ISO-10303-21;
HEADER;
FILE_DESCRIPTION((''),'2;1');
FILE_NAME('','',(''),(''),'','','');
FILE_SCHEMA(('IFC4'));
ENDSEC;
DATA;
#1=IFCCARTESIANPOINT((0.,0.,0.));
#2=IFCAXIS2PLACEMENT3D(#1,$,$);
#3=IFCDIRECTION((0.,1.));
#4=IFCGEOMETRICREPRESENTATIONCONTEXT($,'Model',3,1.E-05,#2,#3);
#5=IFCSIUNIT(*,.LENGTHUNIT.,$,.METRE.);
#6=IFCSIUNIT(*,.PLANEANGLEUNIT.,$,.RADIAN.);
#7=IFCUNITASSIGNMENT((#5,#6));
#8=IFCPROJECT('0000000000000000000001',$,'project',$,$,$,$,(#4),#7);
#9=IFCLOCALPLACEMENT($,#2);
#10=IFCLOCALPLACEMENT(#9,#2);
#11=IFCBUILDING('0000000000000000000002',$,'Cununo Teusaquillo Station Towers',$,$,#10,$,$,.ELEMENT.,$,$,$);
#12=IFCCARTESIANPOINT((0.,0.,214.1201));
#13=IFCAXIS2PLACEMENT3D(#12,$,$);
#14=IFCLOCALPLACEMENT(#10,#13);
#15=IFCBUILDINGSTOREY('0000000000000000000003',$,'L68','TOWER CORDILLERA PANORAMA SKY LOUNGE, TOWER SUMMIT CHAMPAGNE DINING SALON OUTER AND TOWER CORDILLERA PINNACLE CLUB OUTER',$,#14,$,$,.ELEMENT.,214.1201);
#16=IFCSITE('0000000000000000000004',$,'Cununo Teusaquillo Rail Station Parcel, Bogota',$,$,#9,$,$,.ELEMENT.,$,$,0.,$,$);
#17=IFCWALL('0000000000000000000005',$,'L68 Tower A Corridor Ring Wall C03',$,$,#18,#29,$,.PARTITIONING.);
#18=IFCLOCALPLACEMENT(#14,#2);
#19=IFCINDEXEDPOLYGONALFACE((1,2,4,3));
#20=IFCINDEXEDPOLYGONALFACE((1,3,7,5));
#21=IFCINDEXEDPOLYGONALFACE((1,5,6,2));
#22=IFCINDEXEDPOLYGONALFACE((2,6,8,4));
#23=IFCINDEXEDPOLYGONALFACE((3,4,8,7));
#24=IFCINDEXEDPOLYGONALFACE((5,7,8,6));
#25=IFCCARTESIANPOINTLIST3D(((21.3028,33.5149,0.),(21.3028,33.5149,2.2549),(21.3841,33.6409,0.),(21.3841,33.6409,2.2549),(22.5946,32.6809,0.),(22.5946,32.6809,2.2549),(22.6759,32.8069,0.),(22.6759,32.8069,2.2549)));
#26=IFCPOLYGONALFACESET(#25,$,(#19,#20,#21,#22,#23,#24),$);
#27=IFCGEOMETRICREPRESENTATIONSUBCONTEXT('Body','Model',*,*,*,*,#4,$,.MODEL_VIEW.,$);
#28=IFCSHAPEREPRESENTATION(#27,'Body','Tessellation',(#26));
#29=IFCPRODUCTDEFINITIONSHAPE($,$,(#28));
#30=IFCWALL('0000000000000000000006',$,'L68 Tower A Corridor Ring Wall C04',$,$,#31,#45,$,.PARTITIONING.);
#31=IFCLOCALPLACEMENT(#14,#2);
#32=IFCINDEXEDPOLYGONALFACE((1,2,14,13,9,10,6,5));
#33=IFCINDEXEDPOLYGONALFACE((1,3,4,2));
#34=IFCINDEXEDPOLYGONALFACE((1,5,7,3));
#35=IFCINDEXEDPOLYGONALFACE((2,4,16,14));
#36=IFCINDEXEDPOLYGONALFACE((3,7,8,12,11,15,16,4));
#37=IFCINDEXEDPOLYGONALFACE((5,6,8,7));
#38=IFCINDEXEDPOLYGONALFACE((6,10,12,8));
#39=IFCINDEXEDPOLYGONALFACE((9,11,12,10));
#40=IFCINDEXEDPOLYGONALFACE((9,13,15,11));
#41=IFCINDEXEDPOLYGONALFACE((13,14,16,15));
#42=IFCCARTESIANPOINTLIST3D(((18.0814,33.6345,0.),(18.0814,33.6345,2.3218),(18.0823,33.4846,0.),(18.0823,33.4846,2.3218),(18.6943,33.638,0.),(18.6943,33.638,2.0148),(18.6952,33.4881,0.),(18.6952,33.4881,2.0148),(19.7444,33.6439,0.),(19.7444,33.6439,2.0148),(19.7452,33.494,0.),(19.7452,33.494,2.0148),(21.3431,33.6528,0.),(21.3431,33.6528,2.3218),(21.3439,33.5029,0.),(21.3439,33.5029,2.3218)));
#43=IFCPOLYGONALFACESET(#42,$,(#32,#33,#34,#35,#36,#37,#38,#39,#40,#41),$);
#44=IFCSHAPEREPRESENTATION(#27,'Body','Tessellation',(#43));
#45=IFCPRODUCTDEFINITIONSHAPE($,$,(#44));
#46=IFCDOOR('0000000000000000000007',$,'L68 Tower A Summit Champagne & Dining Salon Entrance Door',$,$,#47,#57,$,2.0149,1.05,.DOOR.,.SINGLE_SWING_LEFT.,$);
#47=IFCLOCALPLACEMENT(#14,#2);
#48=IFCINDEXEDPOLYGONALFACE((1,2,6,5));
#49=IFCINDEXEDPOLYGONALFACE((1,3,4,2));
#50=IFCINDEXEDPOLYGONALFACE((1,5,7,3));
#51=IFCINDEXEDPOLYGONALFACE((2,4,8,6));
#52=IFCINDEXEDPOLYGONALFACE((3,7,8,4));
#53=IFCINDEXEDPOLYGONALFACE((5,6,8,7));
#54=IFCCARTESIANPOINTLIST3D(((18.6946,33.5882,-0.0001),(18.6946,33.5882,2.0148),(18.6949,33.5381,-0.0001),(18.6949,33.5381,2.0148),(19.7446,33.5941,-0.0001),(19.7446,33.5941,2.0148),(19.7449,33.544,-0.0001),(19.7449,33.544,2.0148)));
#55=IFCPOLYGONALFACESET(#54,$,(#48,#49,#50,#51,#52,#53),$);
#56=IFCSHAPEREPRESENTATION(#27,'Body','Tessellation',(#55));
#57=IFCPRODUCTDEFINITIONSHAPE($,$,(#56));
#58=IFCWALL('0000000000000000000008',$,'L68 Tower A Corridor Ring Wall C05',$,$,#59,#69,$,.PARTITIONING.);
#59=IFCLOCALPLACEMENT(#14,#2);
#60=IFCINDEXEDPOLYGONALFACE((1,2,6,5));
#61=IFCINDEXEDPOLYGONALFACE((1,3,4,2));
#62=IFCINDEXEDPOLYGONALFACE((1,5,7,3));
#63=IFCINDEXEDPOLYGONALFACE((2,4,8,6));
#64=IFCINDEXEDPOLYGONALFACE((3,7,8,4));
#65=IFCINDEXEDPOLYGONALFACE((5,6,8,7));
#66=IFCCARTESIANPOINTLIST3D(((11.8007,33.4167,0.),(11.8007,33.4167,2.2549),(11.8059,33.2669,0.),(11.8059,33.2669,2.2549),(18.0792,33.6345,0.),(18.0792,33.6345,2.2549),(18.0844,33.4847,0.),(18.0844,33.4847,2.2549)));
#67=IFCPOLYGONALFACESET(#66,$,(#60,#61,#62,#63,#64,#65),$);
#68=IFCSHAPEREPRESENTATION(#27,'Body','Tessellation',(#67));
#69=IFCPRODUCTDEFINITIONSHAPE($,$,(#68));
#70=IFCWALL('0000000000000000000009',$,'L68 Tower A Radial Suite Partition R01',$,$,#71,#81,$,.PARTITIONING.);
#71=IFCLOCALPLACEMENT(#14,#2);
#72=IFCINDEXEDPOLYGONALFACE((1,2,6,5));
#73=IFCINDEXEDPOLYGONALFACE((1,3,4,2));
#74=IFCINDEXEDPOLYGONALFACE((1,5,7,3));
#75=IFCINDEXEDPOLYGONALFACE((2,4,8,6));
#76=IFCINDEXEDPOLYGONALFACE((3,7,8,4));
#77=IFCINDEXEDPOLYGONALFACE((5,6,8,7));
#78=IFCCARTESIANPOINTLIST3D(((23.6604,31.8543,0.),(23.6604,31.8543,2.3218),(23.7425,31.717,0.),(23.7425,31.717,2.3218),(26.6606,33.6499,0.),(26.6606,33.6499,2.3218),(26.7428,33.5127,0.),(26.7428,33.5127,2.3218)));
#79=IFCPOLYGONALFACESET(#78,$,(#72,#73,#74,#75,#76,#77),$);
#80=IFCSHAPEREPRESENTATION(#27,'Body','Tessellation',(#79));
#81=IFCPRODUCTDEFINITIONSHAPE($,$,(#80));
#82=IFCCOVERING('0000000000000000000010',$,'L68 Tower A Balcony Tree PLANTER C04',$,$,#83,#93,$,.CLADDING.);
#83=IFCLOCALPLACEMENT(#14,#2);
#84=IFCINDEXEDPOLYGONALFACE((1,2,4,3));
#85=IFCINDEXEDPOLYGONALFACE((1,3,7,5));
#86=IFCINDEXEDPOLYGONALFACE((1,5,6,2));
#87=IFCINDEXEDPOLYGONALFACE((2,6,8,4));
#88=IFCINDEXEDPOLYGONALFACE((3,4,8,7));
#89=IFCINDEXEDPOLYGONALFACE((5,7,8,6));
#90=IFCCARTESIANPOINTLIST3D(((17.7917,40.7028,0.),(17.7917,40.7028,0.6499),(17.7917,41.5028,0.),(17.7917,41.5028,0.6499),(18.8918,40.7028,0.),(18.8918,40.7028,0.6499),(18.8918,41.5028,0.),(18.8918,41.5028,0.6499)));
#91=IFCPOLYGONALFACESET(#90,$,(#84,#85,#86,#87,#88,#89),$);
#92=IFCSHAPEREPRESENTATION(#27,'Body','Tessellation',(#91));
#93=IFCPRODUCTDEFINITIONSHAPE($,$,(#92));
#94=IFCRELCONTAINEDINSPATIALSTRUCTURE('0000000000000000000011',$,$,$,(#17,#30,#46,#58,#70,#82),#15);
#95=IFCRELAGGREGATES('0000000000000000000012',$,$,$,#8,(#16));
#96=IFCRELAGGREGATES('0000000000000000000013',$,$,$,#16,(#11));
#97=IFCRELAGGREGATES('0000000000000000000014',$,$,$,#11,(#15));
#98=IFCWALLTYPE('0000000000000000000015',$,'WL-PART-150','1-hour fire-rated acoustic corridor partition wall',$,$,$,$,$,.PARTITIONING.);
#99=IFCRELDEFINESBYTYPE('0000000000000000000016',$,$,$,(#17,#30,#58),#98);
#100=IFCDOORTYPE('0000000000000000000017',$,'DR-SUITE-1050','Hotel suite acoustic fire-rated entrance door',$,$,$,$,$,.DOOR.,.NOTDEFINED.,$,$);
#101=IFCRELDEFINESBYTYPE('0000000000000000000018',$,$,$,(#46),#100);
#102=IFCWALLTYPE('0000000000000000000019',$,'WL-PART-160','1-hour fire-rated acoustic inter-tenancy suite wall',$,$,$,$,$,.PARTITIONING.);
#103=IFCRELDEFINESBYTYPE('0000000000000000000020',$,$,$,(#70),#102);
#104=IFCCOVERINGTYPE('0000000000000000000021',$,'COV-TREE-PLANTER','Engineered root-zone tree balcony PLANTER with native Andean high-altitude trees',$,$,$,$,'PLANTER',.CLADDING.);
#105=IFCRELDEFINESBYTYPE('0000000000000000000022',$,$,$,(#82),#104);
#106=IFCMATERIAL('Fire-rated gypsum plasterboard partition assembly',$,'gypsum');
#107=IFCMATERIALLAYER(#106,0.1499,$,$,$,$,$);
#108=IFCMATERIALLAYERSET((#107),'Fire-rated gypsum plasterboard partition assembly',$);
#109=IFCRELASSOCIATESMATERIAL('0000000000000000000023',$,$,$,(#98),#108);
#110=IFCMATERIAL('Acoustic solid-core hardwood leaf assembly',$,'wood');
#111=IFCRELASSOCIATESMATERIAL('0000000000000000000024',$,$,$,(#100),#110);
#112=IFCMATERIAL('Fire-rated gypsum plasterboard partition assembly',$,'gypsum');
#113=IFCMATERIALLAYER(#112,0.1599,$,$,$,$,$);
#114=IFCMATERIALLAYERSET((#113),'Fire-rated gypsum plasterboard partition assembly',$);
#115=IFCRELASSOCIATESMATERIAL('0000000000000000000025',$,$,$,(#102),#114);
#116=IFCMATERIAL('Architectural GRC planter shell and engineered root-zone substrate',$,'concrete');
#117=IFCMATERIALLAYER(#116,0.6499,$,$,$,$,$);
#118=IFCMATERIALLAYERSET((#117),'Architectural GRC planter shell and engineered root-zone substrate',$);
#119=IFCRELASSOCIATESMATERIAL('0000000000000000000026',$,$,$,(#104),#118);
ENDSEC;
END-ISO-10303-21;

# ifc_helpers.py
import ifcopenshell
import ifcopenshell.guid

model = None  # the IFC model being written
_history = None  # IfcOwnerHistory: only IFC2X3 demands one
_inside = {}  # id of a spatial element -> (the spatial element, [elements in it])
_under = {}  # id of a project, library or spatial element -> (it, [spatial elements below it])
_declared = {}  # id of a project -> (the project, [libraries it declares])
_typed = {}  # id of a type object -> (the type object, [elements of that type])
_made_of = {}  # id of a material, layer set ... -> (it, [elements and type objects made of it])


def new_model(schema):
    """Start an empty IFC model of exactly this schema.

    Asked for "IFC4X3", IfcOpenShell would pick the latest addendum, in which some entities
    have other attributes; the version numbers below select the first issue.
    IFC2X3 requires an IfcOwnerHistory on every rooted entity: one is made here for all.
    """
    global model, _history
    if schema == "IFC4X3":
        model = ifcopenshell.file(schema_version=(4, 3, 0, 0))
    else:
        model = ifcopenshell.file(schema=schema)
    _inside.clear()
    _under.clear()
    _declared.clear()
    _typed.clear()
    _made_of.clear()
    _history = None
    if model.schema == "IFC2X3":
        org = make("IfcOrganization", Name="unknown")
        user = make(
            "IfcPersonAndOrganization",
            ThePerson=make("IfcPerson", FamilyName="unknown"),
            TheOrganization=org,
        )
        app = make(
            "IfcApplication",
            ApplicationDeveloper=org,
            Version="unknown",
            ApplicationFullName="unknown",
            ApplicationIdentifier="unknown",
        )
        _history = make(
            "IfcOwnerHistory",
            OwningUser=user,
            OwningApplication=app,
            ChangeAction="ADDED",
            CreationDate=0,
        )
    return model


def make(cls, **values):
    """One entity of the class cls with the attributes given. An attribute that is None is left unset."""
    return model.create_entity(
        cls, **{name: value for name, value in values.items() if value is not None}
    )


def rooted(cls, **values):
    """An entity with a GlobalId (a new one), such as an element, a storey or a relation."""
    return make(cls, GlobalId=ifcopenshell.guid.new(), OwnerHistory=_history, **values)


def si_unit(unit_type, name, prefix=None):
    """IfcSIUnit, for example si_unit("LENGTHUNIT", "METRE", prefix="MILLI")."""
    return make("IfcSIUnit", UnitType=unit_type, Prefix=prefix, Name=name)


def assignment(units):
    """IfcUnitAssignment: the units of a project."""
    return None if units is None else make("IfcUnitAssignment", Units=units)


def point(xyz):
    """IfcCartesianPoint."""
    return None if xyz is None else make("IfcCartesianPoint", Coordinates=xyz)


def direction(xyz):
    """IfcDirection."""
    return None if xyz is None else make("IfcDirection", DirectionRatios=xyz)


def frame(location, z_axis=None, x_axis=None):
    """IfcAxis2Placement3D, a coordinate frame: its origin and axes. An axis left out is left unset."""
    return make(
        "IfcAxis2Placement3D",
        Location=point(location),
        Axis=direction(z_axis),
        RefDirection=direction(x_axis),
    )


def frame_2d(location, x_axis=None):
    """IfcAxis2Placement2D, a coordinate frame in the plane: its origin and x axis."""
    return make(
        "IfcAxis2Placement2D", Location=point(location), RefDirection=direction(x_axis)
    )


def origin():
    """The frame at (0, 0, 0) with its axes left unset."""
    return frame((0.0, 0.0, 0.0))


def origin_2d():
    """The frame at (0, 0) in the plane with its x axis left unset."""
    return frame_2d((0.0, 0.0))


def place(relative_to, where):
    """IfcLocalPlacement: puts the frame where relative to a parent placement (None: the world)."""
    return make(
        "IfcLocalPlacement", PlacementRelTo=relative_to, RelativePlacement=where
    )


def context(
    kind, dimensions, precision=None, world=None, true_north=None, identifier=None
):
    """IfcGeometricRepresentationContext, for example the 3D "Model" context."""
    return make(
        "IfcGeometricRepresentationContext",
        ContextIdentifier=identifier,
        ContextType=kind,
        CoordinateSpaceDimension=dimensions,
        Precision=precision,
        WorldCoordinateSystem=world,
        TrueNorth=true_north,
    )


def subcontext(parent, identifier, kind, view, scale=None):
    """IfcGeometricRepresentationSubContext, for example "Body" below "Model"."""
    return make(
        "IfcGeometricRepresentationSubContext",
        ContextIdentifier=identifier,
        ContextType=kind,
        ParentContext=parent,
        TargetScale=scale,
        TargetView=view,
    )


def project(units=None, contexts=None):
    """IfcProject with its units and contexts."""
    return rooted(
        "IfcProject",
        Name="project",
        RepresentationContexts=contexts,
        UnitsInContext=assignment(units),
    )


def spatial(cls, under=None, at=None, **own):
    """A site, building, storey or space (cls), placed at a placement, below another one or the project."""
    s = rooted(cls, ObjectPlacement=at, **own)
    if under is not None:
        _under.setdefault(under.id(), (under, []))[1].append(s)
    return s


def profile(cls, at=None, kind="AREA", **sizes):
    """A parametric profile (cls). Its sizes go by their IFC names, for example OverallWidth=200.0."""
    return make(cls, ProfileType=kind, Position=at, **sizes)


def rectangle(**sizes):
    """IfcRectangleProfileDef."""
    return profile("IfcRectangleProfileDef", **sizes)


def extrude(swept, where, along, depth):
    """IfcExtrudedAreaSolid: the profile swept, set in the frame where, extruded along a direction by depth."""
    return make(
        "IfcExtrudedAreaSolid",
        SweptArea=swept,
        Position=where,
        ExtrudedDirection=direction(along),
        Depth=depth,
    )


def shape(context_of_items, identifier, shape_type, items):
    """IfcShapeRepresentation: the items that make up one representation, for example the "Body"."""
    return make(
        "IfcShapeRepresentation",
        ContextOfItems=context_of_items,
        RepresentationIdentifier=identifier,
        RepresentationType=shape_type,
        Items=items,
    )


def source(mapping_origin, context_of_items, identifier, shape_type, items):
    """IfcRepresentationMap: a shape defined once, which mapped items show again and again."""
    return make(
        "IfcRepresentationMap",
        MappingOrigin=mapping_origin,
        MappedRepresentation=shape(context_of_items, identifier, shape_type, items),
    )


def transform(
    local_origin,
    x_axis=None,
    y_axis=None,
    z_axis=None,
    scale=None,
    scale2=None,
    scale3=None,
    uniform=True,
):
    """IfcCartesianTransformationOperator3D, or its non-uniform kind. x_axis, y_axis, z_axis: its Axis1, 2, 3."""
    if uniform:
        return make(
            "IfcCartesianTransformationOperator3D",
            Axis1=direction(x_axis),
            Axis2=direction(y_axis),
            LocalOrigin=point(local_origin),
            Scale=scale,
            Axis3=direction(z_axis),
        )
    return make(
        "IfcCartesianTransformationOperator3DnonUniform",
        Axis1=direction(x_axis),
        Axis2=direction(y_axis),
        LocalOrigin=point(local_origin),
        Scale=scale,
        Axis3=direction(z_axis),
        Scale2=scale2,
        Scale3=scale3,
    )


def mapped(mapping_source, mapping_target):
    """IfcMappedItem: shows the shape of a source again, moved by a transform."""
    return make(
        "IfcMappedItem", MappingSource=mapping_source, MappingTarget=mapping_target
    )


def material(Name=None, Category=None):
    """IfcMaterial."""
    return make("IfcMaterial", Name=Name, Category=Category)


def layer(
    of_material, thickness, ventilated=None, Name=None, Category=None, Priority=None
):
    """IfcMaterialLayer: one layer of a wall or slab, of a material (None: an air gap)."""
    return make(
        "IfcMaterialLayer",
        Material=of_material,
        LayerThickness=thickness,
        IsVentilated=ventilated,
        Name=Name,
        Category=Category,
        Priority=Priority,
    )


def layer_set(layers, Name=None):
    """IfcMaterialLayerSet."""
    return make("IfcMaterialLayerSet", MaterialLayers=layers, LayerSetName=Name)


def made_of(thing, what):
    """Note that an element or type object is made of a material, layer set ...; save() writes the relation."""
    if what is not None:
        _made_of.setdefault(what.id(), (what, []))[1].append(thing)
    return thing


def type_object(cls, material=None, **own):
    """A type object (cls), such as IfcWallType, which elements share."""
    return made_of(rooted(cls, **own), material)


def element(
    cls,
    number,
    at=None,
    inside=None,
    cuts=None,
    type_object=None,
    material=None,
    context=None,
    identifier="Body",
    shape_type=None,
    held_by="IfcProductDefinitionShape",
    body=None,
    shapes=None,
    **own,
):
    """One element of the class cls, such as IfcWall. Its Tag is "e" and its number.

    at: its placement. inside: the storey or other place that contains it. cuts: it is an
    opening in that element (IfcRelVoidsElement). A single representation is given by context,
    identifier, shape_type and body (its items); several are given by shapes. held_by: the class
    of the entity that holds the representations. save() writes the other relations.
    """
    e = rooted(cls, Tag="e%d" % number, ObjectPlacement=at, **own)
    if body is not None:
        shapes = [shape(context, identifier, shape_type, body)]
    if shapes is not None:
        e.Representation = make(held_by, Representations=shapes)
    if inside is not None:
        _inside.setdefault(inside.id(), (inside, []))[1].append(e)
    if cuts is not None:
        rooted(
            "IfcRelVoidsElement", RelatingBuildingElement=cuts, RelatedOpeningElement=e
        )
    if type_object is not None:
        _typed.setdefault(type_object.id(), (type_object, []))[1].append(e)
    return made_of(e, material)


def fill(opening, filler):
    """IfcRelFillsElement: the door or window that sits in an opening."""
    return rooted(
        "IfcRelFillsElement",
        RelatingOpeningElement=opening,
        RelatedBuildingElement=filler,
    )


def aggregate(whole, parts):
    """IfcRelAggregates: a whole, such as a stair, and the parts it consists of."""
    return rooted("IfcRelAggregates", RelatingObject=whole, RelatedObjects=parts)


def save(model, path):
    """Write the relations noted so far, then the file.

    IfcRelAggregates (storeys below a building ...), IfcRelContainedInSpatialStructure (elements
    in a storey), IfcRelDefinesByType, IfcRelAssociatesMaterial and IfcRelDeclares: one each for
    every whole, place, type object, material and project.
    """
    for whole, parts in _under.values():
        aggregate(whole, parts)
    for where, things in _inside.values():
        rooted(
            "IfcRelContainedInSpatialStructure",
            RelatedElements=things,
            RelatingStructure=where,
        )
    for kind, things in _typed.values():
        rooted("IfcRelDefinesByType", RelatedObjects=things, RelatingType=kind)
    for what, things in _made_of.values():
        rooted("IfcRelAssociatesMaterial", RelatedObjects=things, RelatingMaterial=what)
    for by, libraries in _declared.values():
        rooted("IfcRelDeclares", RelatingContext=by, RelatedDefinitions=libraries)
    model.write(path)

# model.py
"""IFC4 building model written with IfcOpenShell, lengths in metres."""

from ifc_helpers import new_model, si_unit, direction, frame, frame_2d, origin, origin_2d, place, context, subcontext, project, spatial, rectangle, extrude, source, transform, mapped, material, layer, layer_set, type_object, element, fill, save


model = new_model("IFC4")

# Units and contexts
model_context = context("Model", 3, precision=1e-05, world=origin(), true_north=direction((0.0, 1.0)))
body_context = subcontext(model_context, "Body", "Model", "MODEL_VIEW")
ifc_project = project(units=[si_unit("LENGTHUNIT", "METRE"), si_unit("PLANEANGLEUNIT", "RADIAN")], contexts=[model_context])

# Site, building, storey
site_placement = place(None, origin())
site = spatial("IfcSite", under=ifc_project, at=site_placement, Name="Cununo Teusaquillo Rail Station Parcel, Bogota", CompositionType="ELEMENT", RefElevation=0.0)
building_placement = place(site_placement, origin())
building = spatial("IfcBuilding", under=site, at=building_placement, Name="Cununo Teusaquillo Station Towers", CompositionType="ELEMENT")
storey_placement = place(building_placement, frame((0.0, 0.0, 214.1201)))
storey = spatial("IfcBuildingStorey", under=building, at=storey_placement, Name="L68", Description="TOWER CORDILLERA PANORAMA SKY LOUNGE, TOWER SUMMIT CHAMPAGNE DINING SALON OUTER AND TOWER CORDILLERA PINNACLE CLUB OUTER", CompositionType="ELEMENT", Elevation=214.1201)

# Wall
ifc_material_1 = material(Name="Fire-rated gypsum plasterboard partition assembly", Category="gypsum")
ifc_layer_1 = layer(ifc_material_1, 0.1499)
ifc_layer_set_1 = layer_set([ifc_layer_1], Name="Fire-rated gypsum plasterboard partition assembly")
wall_type_1 = type_object("IfcWallType", Name="WL-PART-150", Description="1-hour fire-rated acoustic corridor partition wall", PredefinedType="PARTITIONING", material=ifc_layer_set_1)
wall_1_placement = place(storey_placement, frame((22.6353, 32.7439, 0.0), z_axis=(0.0, 0.0, 1.0), x_axis=(-0.840119, 0.542402, 0.0)))
element("IfcWall", 1, at=wall_1_placement, inside=storey, type_object=wall_type_1, Name="L68 Tower A Corridor Ring Wall C03", PredefinedType="PARTITIONING", context=body_context, shape_type="SweptSolid", body=[
    extrude(rectangle(XDim=1.5376, YDim=0.1499, at=frame_2d((0.7688, 0.0))), origin(), (0.0, 0.0, 1.0), 2.2549),
])

# Wall, opening, door
wall_2_placement = place(storey_placement, frame((21.3435, 33.5779, 0.0), z_axis=(0.0, 0.0, 1.0), x_axis=(-0.999984, -0.005614, 0.0)))
wall_2 = element("IfcWall", 2, at=wall_2_placement, inside=storey, type_object=wall_type_1, Name="L68 Tower A Corridor Ring Wall C04", PredefinedType="PARTITIONING", context=body_context, shape_type="SweptSolid", body=[
    extrude(rectangle(XDim=3.2617, YDim=0.1499, at=frame_2d((1.6309, 0.0))), origin(), (0.0, 0.0, 1.0), 2.3218),
])
shared_shape_1 = source(origin(), body_context, "Body", "SweptSolid", [
    extrude(rectangle(XDim=1.05, YDim=2.0149, at=frame_2d((0.5249, 1.0073))), frame((0.0, 0.085, 0.0), z_axis=(0.0, -1.0, 0.0), x_axis=(1.0, 0.0, 0.0)), (0.0, 0.0, 1.0), 0.1699),
])
opening_1_placement = place(wall_2_placement, frame((1.5989, 0.0, 0.0)))
opening_1 = element("IfcOpeningElement", 3, at=opening_1_placement, cuts=wall_2, PredefinedType="OPENING", context=body_context, shape_type="MappedRepresentation", body=[
    mapped(shared_shape_1, transform((0.0, 0.0, 0.0), x_axis=(1.0, 0.0, 0.0), y_axis=(0.0, 1.0, 0.0), z_axis=(0.0, 0.0, 1.0), scale=1.0)),
])
ifc_material_2 = material(Name="Acoustic solid-core hardwood leaf assembly", Category="wood")
door_type_1 = type_object("IfcDoorType", Name="DR-SUITE-1050", Description="Hotel suite acoustic fire-rated entrance door", OperationType="NOTDEFINED", PredefinedType="DOOR", material=ifc_material_2)
shared_shape_2 = source(origin(), body_context, "Body", "SweptSolid", [
    extrude(rectangle(XDim=1.05, YDim=2.0149, at=frame_2d((0.5249, 1.0073))), frame((0.0, 0.0249, 0.0), z_axis=(0.0, -1.0, 0.0), x_axis=(1.0, 0.0, 0.0)), (0.0, 0.0, 1.0), 0.05),
])
door_1_placement = place(opening_1_placement, origin())
door_1 = element("IfcDoor", 4, at=door_1_placement, inside=storey, type_object=door_type_1, Name="L68 Tower A Summit Champagne & Dining Salon Entrance Door", OperationType="SINGLE_SWING_LEFT", OverallHeight=2.0149, OverallWidth=1.05, PredefinedType="DOOR", context=body_context, shape_type="MappedRepresentation", body=[
    mapped(shared_shape_2, transform((0.0, 0.0, 0.0), x_axis=(1.0, 0.0, 0.0), y_axis=(0.0, 1.0, 0.0), z_axis=(0.0, 0.0, 1.0), scale=1.0)),
])
fill(opening_1, door_1)

# Walls
wall_3_placement = place(storey_placement, frame((18.0818, 33.5596, 0.0), z_axis=(0.0, 0.0, 1.0), x_axis=(-0.999399, -0.034664, 0.0)))
element("IfcWall", 5, at=wall_3_placement, inside=storey, type_object=wall_type_1, Name="L68 Tower A Corridor Ring Wall C05", PredefinedType="PARTITIONING", context=body_context, shape_type="SweptSolid", body=[
    extrude(rectangle(XDim=6.2822, YDim=0.1499, at=frame_2d((3.1411, 0.0))), origin(), (0.0, 0.0, 1.0), 2.2549),
])
ifc_material_3 = material(Name="Fire-rated gypsum plasterboard partition assembly", Category="gypsum")
ifc_layer_2 = layer(ifc_material_3, 0.1599)
ifc_layer_set_2 = layer_set([ifc_layer_2], Name="Fire-rated gypsum plasterboard partition assembly")
wall_type_2 = type_object("IfcWallType", Name="WL-PART-160", Description="1-hour fire-rated acoustic inter-tenancy suite wall", PredefinedType="PARTITIONING", material=ifc_layer_set_2)
wall_4_placement = place(storey_placement, frame((23.7014, 31.7856, 0.0), z_axis=(0.0, 0.0, 1.0), x_axis=(0.858059, 0.513551, 0.0)))
element("IfcWall", 6, at=wall_4_placement, inside=storey, type_object=wall_type_2, Name="L68 Tower A Radial Suite Partition R01", PredefinedType="PARTITIONING", context=body_context, shape_type="SweptSolid", body=[
    extrude(rectangle(XDim=3.4966, YDim=0.1599, at=frame_2d((1.7483, 0.0))), origin(), (0.0, 0.0, 1.0), 2.3218),
])

# Covering
ifc_material_4 = material(Name="Architectural GRC planter shell and engineered root-zone substrate", Category="concrete")
ifc_layer_3 = layer(ifc_material_4, 0.6499)
ifc_layer_set_3 = layer_set([ifc_layer_3], Name="Architectural GRC planter shell and engineered root-zone substrate")
covering_type = type_object("IfcCoveringType", Name="COV-TREE-PLANTER", Description="Engineered root-zone tree balcony PLANTER with native Andean high-altitude trees", ElementType="PLANTER", PredefinedType="CLADDING", material=ifc_layer_set_3)
shared_shape_3 = source(origin(), body_context, "Body", "SweptSolid", [
    extrude(rectangle(XDim=1.1001, YDim=0.8, at=origin_2d()), origin(), (0.0, 0.0, 1.0), 0.6499),
])
covering_placement = place(storey_placement, frame((18.3418, 41.1028, 0.0), z_axis=(0.0, 0.0, 1.0), x_axis=(1.0, 0.0, 0.0)))
element("IfcCovering", 7, at=covering_placement, inside=storey, type_object=covering_type, Name="L68 Tower A Balcony Tree PLANTER C04", PredefinedType="CLADDING", context=body_context, shape_type="MappedRepresentation", body=[
    mapped(shared_shape_3, transform((0.0, 0.0, 0.0), x_axis=(1.0, 0.0, 0.0), y_axis=(0.0, 1.0, 0.0), z_axis=(0.0, 0.0, 1.0), scale=1.0)),
])

save(model, "model.ifc")
